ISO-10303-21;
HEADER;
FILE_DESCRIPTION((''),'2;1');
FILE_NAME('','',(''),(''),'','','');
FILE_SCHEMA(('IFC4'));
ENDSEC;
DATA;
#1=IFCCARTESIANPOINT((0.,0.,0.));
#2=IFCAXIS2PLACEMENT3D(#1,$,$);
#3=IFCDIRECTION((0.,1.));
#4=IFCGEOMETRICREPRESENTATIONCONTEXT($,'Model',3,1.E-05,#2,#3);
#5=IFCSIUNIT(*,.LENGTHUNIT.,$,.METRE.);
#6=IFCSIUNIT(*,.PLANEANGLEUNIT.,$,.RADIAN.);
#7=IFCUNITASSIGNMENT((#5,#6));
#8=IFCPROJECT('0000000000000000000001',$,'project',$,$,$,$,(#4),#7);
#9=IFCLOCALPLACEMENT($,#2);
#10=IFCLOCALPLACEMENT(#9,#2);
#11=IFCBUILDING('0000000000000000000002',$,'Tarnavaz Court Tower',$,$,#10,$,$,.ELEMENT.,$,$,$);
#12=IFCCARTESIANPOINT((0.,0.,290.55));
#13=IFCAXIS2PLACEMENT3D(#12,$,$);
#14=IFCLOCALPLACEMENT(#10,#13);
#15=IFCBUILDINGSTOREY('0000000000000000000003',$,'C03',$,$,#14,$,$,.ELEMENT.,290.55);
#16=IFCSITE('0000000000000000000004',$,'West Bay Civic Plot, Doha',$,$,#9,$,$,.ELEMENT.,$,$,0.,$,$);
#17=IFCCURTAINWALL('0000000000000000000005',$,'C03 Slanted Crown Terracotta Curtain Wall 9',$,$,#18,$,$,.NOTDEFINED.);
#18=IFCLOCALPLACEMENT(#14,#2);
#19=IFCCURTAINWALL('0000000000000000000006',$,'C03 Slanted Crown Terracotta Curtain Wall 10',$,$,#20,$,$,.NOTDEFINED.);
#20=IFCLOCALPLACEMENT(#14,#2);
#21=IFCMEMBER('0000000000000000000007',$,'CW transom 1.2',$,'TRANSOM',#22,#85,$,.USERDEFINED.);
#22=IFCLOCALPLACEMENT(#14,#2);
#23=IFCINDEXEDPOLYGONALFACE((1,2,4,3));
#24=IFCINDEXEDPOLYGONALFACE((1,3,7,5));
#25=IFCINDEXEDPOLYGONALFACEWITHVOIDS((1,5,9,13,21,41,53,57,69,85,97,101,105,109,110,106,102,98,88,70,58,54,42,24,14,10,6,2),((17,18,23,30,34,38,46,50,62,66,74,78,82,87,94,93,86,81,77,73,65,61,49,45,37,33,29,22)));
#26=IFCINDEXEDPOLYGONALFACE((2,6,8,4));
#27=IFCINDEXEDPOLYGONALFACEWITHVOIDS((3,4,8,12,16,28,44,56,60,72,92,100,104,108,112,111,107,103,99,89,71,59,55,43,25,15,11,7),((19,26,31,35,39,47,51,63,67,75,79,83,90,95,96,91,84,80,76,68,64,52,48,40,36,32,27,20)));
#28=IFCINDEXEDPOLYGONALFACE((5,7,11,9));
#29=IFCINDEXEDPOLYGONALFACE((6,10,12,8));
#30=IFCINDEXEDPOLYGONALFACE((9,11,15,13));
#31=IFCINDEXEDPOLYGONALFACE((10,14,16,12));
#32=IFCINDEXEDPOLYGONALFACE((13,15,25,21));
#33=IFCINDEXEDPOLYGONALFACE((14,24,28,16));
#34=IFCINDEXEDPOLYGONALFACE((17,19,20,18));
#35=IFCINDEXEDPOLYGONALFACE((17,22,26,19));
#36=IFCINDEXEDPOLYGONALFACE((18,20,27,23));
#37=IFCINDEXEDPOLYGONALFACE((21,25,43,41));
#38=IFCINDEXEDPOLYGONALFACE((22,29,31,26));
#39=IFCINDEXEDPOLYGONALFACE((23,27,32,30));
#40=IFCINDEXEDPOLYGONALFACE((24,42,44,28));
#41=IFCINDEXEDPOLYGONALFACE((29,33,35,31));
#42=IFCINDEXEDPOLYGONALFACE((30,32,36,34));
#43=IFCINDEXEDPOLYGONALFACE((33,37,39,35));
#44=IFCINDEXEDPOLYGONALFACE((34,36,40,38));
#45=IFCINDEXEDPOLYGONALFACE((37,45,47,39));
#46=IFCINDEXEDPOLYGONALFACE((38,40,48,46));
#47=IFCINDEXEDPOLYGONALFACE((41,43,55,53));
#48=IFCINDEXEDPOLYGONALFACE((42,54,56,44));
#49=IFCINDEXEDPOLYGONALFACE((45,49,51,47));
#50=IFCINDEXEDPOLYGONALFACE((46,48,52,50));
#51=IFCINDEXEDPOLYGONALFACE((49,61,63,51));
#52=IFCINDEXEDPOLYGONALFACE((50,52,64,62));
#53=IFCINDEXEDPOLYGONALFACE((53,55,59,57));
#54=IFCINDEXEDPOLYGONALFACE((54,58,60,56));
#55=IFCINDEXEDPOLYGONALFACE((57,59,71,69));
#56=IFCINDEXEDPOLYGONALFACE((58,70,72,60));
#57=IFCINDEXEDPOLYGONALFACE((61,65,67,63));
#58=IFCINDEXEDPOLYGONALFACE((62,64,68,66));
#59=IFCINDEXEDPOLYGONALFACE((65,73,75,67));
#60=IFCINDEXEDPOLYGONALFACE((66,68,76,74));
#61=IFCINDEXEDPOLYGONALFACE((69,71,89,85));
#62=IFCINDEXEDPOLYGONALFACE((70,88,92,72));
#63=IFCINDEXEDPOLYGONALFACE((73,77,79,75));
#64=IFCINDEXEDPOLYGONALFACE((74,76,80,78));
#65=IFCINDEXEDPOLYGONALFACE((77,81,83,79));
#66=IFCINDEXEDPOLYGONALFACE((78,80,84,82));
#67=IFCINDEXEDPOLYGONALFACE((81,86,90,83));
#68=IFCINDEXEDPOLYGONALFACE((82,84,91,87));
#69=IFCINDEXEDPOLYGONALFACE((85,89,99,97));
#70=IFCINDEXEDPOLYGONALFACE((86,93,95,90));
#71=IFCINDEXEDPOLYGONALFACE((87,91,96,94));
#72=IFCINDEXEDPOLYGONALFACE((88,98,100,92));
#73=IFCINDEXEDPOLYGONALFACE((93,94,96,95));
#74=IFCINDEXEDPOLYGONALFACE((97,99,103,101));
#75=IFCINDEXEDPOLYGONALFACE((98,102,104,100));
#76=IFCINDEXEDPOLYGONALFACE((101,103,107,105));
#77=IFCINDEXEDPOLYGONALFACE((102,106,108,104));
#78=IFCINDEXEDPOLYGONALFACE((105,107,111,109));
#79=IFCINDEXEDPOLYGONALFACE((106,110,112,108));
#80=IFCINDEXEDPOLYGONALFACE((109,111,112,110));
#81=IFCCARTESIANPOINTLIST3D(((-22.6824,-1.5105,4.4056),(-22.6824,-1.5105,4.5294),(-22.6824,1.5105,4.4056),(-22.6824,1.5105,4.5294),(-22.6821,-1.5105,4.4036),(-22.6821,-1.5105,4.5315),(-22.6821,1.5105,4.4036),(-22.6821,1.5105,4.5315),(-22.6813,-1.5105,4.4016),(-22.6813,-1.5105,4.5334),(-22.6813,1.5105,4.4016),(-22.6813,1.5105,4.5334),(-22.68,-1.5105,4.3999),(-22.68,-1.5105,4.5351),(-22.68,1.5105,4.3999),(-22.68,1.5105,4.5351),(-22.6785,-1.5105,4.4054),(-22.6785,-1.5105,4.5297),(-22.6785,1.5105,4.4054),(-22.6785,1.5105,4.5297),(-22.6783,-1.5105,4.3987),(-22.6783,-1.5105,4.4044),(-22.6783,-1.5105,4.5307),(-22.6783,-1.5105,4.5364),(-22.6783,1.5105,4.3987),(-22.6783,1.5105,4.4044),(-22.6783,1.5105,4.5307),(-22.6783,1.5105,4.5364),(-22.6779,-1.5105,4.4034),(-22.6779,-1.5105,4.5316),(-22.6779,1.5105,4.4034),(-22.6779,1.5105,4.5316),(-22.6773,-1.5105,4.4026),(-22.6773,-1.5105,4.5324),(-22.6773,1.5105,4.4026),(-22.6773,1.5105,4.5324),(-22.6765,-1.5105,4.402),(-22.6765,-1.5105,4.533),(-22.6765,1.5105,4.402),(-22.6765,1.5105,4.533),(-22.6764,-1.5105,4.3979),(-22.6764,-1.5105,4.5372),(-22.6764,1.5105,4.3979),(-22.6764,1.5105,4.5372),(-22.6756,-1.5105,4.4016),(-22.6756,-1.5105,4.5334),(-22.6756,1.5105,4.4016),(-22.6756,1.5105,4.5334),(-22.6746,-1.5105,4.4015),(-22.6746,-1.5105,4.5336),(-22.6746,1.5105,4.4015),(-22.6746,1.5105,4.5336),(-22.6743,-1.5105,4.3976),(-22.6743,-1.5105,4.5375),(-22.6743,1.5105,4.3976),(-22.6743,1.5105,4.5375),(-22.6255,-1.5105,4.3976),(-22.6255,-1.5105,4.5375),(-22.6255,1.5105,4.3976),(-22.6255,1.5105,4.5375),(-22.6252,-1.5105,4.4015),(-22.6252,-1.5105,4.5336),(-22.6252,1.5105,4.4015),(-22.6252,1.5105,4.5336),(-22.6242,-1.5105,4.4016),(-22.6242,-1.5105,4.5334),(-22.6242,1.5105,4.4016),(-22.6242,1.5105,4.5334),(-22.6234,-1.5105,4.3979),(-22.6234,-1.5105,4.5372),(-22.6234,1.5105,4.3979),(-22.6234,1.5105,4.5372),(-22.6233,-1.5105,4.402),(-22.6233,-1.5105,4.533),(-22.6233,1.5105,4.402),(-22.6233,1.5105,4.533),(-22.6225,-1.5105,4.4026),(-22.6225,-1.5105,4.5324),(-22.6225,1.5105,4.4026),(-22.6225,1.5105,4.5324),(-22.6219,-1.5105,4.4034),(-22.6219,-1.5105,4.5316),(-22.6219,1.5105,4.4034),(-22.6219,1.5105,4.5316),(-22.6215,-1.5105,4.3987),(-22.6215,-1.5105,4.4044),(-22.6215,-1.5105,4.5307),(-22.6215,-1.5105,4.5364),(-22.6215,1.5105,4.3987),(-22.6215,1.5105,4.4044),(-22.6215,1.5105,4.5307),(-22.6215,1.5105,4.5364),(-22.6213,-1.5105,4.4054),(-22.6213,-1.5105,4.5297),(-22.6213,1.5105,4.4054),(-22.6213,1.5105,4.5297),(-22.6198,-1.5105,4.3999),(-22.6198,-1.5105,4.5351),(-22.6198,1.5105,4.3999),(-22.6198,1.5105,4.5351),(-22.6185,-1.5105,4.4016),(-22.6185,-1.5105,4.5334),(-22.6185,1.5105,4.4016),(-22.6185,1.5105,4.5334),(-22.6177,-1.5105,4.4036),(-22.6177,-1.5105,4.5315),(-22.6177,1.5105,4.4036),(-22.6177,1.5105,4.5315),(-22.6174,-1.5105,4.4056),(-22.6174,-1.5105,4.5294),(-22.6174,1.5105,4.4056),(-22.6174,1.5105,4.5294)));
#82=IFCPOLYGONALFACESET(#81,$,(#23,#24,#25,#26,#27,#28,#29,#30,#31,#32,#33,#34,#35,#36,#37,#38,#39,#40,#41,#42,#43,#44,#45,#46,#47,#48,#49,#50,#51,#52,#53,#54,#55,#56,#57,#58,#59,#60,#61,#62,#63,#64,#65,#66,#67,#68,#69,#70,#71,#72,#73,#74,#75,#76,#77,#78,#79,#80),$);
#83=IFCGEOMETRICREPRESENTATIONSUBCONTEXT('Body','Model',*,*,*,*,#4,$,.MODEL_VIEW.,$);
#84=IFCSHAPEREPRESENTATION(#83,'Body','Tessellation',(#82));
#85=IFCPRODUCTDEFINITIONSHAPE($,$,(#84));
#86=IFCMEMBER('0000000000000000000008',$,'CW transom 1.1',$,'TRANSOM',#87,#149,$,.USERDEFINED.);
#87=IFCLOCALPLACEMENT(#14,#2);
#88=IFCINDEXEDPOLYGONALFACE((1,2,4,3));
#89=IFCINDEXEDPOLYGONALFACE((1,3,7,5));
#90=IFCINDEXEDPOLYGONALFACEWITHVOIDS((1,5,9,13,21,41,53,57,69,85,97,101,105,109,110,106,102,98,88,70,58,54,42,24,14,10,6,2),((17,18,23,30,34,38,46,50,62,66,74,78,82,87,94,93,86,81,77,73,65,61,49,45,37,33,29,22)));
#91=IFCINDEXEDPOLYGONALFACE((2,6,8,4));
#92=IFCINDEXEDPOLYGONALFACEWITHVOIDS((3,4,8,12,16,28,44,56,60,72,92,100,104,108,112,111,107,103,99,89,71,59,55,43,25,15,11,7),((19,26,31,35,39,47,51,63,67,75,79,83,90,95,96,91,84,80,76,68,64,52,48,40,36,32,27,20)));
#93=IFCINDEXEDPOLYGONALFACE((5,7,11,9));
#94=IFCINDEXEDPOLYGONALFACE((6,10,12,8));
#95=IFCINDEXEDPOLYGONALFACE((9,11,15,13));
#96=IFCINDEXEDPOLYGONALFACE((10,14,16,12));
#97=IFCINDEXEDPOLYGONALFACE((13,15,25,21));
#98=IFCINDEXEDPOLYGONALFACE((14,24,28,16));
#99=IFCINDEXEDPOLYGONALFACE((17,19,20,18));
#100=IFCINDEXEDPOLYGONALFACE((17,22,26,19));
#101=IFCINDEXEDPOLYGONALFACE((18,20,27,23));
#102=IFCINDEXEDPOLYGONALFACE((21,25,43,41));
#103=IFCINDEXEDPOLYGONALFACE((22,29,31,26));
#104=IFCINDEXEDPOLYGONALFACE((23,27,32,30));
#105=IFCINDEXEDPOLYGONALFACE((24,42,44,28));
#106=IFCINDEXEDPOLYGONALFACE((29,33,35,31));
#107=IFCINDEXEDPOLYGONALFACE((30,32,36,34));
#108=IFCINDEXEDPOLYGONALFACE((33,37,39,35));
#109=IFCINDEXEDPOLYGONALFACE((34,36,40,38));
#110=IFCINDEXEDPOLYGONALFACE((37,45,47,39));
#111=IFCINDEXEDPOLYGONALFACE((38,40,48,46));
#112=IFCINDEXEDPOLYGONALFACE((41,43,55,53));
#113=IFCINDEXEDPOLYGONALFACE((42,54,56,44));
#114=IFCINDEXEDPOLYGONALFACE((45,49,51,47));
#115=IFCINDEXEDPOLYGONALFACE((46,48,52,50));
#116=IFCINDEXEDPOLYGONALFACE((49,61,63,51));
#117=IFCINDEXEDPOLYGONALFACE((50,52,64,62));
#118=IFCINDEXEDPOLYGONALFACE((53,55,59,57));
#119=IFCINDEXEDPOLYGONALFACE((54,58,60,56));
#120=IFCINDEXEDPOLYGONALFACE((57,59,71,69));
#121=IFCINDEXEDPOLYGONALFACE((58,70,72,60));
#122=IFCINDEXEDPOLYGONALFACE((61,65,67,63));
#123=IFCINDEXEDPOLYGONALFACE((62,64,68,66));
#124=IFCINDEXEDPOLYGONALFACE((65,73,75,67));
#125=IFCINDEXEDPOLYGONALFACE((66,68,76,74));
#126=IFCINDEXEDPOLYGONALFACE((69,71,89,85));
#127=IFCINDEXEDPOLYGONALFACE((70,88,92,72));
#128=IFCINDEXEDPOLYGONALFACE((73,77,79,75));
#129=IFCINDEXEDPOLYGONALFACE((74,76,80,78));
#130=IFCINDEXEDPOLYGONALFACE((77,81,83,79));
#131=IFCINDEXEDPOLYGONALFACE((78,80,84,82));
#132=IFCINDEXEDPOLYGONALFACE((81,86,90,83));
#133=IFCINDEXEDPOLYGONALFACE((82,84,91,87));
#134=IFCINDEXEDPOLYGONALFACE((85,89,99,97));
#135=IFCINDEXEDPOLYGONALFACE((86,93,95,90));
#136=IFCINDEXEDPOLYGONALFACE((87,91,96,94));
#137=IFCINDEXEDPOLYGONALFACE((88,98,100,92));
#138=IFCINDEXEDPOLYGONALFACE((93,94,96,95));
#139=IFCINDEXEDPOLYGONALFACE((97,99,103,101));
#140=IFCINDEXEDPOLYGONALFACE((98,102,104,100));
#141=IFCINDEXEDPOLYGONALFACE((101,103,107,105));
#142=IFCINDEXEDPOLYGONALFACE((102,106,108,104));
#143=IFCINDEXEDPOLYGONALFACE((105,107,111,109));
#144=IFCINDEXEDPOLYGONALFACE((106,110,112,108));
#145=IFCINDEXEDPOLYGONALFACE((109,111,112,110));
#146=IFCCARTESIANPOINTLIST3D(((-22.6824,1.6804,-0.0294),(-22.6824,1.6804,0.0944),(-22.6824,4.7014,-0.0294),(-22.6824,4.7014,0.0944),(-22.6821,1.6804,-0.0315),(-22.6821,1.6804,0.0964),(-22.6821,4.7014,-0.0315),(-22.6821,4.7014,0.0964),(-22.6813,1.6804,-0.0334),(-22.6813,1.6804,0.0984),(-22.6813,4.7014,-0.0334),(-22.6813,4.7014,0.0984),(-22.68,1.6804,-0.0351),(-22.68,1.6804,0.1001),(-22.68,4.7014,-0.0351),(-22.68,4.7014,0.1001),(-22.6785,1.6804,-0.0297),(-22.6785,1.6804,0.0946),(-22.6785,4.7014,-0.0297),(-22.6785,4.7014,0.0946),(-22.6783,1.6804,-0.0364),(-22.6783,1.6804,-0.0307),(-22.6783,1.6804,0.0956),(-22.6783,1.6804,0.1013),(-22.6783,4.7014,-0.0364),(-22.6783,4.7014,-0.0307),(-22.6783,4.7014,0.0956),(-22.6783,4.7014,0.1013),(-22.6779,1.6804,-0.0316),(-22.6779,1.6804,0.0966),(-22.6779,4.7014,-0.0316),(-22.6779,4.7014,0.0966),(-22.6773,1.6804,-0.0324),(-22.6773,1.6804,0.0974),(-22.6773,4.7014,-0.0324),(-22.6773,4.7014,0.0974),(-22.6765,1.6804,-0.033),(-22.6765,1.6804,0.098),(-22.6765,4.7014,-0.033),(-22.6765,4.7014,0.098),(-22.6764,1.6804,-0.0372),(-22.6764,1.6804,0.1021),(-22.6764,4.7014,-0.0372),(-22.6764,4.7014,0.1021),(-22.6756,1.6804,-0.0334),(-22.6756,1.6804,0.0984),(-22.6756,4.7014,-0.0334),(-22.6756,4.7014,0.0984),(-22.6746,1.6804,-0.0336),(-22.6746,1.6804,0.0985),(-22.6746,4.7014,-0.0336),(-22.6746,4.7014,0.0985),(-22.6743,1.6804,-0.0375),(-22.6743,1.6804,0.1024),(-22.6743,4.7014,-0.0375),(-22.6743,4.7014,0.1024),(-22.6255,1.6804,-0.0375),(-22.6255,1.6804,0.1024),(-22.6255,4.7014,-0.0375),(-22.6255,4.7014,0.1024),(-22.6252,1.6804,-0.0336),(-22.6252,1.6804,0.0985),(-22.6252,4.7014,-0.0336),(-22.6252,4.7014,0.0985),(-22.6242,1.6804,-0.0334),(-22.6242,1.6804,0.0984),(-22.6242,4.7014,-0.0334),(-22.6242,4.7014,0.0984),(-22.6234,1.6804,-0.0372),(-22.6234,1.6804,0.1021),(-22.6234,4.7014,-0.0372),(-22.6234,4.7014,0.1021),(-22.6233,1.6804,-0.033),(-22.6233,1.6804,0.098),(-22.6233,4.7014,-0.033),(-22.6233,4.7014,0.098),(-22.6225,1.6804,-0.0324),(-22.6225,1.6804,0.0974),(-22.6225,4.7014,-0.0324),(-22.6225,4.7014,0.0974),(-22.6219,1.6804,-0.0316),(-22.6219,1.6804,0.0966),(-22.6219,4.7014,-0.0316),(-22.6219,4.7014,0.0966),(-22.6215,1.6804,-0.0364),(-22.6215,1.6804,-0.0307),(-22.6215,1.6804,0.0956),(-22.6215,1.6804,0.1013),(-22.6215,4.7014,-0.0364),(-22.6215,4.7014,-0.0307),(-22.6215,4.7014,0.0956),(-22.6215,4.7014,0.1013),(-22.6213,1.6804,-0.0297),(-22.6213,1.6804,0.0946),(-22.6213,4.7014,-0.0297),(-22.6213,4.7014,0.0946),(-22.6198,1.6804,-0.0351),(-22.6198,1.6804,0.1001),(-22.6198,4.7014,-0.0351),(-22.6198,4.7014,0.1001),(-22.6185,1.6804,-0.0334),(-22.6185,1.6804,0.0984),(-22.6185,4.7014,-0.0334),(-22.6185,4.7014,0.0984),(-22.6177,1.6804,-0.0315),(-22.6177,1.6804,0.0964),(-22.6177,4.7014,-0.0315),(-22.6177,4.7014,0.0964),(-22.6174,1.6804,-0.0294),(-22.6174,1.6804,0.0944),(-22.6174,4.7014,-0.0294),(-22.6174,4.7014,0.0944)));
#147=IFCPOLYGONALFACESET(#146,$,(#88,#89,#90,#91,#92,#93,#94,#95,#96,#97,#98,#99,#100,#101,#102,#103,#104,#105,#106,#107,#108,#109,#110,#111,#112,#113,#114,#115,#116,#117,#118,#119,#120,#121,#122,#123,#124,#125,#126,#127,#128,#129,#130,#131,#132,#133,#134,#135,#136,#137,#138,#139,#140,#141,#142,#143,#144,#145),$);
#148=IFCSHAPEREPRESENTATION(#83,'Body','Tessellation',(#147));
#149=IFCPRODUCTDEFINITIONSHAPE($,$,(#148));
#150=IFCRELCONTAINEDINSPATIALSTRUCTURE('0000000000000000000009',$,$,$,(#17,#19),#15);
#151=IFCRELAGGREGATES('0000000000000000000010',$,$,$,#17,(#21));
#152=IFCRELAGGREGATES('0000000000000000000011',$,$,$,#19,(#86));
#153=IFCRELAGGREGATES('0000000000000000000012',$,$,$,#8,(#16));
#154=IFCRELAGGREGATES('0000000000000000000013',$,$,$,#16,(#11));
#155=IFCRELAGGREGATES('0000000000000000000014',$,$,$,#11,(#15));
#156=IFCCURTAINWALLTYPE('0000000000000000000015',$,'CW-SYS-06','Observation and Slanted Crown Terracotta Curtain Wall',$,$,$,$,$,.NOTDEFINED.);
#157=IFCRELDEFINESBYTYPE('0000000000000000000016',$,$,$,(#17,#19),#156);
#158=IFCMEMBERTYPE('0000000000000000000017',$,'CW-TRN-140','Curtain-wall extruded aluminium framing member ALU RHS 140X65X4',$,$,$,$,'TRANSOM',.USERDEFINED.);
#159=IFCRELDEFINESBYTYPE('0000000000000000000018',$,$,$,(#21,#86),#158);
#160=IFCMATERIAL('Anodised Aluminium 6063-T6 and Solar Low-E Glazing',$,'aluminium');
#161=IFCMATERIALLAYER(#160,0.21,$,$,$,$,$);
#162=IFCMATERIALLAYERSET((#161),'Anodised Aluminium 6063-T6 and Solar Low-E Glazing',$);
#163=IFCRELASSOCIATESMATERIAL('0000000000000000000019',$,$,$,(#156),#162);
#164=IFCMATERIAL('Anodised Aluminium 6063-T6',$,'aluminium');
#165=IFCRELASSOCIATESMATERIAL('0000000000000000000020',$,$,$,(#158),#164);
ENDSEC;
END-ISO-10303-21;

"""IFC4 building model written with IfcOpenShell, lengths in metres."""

from ifc_helpers import new_model, si_unit, direction, frame, origin, origin_2d, place, context, subcontext, project, spatial, hollow_rectangle, extrude, material, layer, layer_set, material_profile, profile_set, type_object, element, aggregate, save


model = new_model("IFC4")

# Units and contexts
model_context = context("Model", 3, precision=1e-05, world=origin(), true_north=direction((0.0, 1.0)))
body_context = subcontext(model_context, "Body", "Model", "MODEL_VIEW")
ifc_project = project(units=[si_unit("LENGTHUNIT", "METRE"), si_unit("PLANEANGLEUNIT", "RADIAN")], contexts=[model_context])

# Site, building, storey
site_placement = place(None, origin())
site = spatial("IfcSite", under=ifc_project, at=site_placement, Name="West Bay Civic Plot, Doha", CompositionType="ELEMENT", RefElevation=0.0)
building_placement = place(site_placement, origin())
building = spatial("IfcBuilding", under=site, at=building_placement, Name="Tarnavaz Court Tower", CompositionType="ELEMENT")
storey_placement = place(building_placement, frame((0.0, 0.0, 290.55)))
storey = spatial("IfcBuildingStorey", under=building, at=storey_placement, Name="C03", CompositionType="ELEMENT", Elevation=290.55)

# Curtain wall
ifc_material_1 = material(Name="Anodised Aluminium 6063-T6 and Solar Low-E Glazing", Category="aluminium")
ifc_layer_1 = layer(ifc_material_1, 0.21)
ifc_layer_set_1 = layer_set([ifc_layer_1], Name="Anodised Aluminium 6063-T6 and Solar Low-E Glazing")
curtain_wall_type = type_object("IfcCurtainWallType", Name="CW-SYS-06", Description="Observation and Slanted Crown Terracotta Curtain Wall", PredefinedType="NOTDEFINED", material=ifc_layer_set_1)
curtain_wall_1_placement = place(storey_placement, origin())
curtain_wall_1 = element("IfcCurtainWall", 1, at=curtain_wall_1_placement, inside=storey, type_object=curtain_wall_type, Name="C03 Slanted Crown Terracotta Curtain Wall 9", PredefinedType="NOTDEFINED")
ifc_material_2 = material(Name="Anodised Aluminium 6063-T6", Category="aluminium")

# Curtain wall
curtain_wall_2_placement = place(storey_placement, origin())
curtain_wall_2 = element("IfcCurtainWall", 2, at=curtain_wall_2_placement, inside=storey, type_object=curtain_wall_type, Name="C03 Slanted Crown Terracotta Curtain Wall 10", PredefinedType="NOTDEFINED")

# Members
ifc_material_profile_1 = material_profile(ifc_material_2, hollow_rectangle(XDim=0.0649, YDim=0.1399, WallThickness=0.0039, InnerFilletRadius=0.0039, OuterFilletRadius=0.0081, at=origin_2d()), Name="ALU RHS 140X65X4")
ifc_profile_set_1 = profile_set([ifc_material_profile_1], Name="Anodised Aluminium 6063-T6")
member_type_1 = type_object("IfcMemberType", Name="CW-TRN-140", Description="Curtain-wall extruded aluminium framing member ALU RHS 140X65X4", ElementType="TRANSOM", PredefinedType="USERDEFINED", material=ifc_profile_set_1)
member_1_placement = place(storey_placement, frame((-22.6499, -1.5105, 4.4675), z_axis=(0.0, 1.0, 0.0), x_axis=(-1.0, 0.0, 0.0)))
member_1 = element("IfcMember", 3, at=member_1_placement, type_object=member_type_1, Name="CW transom 1.2", ObjectType="TRANSOM", PredefinedType="USERDEFINED", context=body_context, shape_type="SweptSolid", body=[
    extrude(hollow_rectangle(XDim=0.0649, YDim=0.1399, WallThickness=0.0039, InnerFilletRadius=0.0039, OuterFilletRadius=0.0081, at=origin_2d()), origin(), (0.0, 0.0, 1.0), 3.021),
])
member_2_placement = place(storey_placement, frame((-22.6499, 1.6804, 0.0325), z_axis=(0.0, 1.0, 0.0), x_axis=(-1.0, 0.0, 0.0)))
member_2 = element("IfcMember", 4, at=member_2_placement, type_object=member_type_1, Name="CW transom 1.1", ObjectType="TRANSOM", PredefinedType="USERDEFINED", context=body_context, shape_type="SweptSolid", body=[
    extrude(hollow_rectangle(XDim=0.0649, YDim=0.1399, WallThickness=0.0039, InnerFilletRadius=0.0039, OuterFilletRadius=0.0081, at=origin_2d()), origin(), (0.0, 0.0, 1.0), 3.021),
])

aggregate(curtain_wall_1, [member_1])
aggregate(curtain_wall_2, [member_2])

save(model, "model.ifc")
